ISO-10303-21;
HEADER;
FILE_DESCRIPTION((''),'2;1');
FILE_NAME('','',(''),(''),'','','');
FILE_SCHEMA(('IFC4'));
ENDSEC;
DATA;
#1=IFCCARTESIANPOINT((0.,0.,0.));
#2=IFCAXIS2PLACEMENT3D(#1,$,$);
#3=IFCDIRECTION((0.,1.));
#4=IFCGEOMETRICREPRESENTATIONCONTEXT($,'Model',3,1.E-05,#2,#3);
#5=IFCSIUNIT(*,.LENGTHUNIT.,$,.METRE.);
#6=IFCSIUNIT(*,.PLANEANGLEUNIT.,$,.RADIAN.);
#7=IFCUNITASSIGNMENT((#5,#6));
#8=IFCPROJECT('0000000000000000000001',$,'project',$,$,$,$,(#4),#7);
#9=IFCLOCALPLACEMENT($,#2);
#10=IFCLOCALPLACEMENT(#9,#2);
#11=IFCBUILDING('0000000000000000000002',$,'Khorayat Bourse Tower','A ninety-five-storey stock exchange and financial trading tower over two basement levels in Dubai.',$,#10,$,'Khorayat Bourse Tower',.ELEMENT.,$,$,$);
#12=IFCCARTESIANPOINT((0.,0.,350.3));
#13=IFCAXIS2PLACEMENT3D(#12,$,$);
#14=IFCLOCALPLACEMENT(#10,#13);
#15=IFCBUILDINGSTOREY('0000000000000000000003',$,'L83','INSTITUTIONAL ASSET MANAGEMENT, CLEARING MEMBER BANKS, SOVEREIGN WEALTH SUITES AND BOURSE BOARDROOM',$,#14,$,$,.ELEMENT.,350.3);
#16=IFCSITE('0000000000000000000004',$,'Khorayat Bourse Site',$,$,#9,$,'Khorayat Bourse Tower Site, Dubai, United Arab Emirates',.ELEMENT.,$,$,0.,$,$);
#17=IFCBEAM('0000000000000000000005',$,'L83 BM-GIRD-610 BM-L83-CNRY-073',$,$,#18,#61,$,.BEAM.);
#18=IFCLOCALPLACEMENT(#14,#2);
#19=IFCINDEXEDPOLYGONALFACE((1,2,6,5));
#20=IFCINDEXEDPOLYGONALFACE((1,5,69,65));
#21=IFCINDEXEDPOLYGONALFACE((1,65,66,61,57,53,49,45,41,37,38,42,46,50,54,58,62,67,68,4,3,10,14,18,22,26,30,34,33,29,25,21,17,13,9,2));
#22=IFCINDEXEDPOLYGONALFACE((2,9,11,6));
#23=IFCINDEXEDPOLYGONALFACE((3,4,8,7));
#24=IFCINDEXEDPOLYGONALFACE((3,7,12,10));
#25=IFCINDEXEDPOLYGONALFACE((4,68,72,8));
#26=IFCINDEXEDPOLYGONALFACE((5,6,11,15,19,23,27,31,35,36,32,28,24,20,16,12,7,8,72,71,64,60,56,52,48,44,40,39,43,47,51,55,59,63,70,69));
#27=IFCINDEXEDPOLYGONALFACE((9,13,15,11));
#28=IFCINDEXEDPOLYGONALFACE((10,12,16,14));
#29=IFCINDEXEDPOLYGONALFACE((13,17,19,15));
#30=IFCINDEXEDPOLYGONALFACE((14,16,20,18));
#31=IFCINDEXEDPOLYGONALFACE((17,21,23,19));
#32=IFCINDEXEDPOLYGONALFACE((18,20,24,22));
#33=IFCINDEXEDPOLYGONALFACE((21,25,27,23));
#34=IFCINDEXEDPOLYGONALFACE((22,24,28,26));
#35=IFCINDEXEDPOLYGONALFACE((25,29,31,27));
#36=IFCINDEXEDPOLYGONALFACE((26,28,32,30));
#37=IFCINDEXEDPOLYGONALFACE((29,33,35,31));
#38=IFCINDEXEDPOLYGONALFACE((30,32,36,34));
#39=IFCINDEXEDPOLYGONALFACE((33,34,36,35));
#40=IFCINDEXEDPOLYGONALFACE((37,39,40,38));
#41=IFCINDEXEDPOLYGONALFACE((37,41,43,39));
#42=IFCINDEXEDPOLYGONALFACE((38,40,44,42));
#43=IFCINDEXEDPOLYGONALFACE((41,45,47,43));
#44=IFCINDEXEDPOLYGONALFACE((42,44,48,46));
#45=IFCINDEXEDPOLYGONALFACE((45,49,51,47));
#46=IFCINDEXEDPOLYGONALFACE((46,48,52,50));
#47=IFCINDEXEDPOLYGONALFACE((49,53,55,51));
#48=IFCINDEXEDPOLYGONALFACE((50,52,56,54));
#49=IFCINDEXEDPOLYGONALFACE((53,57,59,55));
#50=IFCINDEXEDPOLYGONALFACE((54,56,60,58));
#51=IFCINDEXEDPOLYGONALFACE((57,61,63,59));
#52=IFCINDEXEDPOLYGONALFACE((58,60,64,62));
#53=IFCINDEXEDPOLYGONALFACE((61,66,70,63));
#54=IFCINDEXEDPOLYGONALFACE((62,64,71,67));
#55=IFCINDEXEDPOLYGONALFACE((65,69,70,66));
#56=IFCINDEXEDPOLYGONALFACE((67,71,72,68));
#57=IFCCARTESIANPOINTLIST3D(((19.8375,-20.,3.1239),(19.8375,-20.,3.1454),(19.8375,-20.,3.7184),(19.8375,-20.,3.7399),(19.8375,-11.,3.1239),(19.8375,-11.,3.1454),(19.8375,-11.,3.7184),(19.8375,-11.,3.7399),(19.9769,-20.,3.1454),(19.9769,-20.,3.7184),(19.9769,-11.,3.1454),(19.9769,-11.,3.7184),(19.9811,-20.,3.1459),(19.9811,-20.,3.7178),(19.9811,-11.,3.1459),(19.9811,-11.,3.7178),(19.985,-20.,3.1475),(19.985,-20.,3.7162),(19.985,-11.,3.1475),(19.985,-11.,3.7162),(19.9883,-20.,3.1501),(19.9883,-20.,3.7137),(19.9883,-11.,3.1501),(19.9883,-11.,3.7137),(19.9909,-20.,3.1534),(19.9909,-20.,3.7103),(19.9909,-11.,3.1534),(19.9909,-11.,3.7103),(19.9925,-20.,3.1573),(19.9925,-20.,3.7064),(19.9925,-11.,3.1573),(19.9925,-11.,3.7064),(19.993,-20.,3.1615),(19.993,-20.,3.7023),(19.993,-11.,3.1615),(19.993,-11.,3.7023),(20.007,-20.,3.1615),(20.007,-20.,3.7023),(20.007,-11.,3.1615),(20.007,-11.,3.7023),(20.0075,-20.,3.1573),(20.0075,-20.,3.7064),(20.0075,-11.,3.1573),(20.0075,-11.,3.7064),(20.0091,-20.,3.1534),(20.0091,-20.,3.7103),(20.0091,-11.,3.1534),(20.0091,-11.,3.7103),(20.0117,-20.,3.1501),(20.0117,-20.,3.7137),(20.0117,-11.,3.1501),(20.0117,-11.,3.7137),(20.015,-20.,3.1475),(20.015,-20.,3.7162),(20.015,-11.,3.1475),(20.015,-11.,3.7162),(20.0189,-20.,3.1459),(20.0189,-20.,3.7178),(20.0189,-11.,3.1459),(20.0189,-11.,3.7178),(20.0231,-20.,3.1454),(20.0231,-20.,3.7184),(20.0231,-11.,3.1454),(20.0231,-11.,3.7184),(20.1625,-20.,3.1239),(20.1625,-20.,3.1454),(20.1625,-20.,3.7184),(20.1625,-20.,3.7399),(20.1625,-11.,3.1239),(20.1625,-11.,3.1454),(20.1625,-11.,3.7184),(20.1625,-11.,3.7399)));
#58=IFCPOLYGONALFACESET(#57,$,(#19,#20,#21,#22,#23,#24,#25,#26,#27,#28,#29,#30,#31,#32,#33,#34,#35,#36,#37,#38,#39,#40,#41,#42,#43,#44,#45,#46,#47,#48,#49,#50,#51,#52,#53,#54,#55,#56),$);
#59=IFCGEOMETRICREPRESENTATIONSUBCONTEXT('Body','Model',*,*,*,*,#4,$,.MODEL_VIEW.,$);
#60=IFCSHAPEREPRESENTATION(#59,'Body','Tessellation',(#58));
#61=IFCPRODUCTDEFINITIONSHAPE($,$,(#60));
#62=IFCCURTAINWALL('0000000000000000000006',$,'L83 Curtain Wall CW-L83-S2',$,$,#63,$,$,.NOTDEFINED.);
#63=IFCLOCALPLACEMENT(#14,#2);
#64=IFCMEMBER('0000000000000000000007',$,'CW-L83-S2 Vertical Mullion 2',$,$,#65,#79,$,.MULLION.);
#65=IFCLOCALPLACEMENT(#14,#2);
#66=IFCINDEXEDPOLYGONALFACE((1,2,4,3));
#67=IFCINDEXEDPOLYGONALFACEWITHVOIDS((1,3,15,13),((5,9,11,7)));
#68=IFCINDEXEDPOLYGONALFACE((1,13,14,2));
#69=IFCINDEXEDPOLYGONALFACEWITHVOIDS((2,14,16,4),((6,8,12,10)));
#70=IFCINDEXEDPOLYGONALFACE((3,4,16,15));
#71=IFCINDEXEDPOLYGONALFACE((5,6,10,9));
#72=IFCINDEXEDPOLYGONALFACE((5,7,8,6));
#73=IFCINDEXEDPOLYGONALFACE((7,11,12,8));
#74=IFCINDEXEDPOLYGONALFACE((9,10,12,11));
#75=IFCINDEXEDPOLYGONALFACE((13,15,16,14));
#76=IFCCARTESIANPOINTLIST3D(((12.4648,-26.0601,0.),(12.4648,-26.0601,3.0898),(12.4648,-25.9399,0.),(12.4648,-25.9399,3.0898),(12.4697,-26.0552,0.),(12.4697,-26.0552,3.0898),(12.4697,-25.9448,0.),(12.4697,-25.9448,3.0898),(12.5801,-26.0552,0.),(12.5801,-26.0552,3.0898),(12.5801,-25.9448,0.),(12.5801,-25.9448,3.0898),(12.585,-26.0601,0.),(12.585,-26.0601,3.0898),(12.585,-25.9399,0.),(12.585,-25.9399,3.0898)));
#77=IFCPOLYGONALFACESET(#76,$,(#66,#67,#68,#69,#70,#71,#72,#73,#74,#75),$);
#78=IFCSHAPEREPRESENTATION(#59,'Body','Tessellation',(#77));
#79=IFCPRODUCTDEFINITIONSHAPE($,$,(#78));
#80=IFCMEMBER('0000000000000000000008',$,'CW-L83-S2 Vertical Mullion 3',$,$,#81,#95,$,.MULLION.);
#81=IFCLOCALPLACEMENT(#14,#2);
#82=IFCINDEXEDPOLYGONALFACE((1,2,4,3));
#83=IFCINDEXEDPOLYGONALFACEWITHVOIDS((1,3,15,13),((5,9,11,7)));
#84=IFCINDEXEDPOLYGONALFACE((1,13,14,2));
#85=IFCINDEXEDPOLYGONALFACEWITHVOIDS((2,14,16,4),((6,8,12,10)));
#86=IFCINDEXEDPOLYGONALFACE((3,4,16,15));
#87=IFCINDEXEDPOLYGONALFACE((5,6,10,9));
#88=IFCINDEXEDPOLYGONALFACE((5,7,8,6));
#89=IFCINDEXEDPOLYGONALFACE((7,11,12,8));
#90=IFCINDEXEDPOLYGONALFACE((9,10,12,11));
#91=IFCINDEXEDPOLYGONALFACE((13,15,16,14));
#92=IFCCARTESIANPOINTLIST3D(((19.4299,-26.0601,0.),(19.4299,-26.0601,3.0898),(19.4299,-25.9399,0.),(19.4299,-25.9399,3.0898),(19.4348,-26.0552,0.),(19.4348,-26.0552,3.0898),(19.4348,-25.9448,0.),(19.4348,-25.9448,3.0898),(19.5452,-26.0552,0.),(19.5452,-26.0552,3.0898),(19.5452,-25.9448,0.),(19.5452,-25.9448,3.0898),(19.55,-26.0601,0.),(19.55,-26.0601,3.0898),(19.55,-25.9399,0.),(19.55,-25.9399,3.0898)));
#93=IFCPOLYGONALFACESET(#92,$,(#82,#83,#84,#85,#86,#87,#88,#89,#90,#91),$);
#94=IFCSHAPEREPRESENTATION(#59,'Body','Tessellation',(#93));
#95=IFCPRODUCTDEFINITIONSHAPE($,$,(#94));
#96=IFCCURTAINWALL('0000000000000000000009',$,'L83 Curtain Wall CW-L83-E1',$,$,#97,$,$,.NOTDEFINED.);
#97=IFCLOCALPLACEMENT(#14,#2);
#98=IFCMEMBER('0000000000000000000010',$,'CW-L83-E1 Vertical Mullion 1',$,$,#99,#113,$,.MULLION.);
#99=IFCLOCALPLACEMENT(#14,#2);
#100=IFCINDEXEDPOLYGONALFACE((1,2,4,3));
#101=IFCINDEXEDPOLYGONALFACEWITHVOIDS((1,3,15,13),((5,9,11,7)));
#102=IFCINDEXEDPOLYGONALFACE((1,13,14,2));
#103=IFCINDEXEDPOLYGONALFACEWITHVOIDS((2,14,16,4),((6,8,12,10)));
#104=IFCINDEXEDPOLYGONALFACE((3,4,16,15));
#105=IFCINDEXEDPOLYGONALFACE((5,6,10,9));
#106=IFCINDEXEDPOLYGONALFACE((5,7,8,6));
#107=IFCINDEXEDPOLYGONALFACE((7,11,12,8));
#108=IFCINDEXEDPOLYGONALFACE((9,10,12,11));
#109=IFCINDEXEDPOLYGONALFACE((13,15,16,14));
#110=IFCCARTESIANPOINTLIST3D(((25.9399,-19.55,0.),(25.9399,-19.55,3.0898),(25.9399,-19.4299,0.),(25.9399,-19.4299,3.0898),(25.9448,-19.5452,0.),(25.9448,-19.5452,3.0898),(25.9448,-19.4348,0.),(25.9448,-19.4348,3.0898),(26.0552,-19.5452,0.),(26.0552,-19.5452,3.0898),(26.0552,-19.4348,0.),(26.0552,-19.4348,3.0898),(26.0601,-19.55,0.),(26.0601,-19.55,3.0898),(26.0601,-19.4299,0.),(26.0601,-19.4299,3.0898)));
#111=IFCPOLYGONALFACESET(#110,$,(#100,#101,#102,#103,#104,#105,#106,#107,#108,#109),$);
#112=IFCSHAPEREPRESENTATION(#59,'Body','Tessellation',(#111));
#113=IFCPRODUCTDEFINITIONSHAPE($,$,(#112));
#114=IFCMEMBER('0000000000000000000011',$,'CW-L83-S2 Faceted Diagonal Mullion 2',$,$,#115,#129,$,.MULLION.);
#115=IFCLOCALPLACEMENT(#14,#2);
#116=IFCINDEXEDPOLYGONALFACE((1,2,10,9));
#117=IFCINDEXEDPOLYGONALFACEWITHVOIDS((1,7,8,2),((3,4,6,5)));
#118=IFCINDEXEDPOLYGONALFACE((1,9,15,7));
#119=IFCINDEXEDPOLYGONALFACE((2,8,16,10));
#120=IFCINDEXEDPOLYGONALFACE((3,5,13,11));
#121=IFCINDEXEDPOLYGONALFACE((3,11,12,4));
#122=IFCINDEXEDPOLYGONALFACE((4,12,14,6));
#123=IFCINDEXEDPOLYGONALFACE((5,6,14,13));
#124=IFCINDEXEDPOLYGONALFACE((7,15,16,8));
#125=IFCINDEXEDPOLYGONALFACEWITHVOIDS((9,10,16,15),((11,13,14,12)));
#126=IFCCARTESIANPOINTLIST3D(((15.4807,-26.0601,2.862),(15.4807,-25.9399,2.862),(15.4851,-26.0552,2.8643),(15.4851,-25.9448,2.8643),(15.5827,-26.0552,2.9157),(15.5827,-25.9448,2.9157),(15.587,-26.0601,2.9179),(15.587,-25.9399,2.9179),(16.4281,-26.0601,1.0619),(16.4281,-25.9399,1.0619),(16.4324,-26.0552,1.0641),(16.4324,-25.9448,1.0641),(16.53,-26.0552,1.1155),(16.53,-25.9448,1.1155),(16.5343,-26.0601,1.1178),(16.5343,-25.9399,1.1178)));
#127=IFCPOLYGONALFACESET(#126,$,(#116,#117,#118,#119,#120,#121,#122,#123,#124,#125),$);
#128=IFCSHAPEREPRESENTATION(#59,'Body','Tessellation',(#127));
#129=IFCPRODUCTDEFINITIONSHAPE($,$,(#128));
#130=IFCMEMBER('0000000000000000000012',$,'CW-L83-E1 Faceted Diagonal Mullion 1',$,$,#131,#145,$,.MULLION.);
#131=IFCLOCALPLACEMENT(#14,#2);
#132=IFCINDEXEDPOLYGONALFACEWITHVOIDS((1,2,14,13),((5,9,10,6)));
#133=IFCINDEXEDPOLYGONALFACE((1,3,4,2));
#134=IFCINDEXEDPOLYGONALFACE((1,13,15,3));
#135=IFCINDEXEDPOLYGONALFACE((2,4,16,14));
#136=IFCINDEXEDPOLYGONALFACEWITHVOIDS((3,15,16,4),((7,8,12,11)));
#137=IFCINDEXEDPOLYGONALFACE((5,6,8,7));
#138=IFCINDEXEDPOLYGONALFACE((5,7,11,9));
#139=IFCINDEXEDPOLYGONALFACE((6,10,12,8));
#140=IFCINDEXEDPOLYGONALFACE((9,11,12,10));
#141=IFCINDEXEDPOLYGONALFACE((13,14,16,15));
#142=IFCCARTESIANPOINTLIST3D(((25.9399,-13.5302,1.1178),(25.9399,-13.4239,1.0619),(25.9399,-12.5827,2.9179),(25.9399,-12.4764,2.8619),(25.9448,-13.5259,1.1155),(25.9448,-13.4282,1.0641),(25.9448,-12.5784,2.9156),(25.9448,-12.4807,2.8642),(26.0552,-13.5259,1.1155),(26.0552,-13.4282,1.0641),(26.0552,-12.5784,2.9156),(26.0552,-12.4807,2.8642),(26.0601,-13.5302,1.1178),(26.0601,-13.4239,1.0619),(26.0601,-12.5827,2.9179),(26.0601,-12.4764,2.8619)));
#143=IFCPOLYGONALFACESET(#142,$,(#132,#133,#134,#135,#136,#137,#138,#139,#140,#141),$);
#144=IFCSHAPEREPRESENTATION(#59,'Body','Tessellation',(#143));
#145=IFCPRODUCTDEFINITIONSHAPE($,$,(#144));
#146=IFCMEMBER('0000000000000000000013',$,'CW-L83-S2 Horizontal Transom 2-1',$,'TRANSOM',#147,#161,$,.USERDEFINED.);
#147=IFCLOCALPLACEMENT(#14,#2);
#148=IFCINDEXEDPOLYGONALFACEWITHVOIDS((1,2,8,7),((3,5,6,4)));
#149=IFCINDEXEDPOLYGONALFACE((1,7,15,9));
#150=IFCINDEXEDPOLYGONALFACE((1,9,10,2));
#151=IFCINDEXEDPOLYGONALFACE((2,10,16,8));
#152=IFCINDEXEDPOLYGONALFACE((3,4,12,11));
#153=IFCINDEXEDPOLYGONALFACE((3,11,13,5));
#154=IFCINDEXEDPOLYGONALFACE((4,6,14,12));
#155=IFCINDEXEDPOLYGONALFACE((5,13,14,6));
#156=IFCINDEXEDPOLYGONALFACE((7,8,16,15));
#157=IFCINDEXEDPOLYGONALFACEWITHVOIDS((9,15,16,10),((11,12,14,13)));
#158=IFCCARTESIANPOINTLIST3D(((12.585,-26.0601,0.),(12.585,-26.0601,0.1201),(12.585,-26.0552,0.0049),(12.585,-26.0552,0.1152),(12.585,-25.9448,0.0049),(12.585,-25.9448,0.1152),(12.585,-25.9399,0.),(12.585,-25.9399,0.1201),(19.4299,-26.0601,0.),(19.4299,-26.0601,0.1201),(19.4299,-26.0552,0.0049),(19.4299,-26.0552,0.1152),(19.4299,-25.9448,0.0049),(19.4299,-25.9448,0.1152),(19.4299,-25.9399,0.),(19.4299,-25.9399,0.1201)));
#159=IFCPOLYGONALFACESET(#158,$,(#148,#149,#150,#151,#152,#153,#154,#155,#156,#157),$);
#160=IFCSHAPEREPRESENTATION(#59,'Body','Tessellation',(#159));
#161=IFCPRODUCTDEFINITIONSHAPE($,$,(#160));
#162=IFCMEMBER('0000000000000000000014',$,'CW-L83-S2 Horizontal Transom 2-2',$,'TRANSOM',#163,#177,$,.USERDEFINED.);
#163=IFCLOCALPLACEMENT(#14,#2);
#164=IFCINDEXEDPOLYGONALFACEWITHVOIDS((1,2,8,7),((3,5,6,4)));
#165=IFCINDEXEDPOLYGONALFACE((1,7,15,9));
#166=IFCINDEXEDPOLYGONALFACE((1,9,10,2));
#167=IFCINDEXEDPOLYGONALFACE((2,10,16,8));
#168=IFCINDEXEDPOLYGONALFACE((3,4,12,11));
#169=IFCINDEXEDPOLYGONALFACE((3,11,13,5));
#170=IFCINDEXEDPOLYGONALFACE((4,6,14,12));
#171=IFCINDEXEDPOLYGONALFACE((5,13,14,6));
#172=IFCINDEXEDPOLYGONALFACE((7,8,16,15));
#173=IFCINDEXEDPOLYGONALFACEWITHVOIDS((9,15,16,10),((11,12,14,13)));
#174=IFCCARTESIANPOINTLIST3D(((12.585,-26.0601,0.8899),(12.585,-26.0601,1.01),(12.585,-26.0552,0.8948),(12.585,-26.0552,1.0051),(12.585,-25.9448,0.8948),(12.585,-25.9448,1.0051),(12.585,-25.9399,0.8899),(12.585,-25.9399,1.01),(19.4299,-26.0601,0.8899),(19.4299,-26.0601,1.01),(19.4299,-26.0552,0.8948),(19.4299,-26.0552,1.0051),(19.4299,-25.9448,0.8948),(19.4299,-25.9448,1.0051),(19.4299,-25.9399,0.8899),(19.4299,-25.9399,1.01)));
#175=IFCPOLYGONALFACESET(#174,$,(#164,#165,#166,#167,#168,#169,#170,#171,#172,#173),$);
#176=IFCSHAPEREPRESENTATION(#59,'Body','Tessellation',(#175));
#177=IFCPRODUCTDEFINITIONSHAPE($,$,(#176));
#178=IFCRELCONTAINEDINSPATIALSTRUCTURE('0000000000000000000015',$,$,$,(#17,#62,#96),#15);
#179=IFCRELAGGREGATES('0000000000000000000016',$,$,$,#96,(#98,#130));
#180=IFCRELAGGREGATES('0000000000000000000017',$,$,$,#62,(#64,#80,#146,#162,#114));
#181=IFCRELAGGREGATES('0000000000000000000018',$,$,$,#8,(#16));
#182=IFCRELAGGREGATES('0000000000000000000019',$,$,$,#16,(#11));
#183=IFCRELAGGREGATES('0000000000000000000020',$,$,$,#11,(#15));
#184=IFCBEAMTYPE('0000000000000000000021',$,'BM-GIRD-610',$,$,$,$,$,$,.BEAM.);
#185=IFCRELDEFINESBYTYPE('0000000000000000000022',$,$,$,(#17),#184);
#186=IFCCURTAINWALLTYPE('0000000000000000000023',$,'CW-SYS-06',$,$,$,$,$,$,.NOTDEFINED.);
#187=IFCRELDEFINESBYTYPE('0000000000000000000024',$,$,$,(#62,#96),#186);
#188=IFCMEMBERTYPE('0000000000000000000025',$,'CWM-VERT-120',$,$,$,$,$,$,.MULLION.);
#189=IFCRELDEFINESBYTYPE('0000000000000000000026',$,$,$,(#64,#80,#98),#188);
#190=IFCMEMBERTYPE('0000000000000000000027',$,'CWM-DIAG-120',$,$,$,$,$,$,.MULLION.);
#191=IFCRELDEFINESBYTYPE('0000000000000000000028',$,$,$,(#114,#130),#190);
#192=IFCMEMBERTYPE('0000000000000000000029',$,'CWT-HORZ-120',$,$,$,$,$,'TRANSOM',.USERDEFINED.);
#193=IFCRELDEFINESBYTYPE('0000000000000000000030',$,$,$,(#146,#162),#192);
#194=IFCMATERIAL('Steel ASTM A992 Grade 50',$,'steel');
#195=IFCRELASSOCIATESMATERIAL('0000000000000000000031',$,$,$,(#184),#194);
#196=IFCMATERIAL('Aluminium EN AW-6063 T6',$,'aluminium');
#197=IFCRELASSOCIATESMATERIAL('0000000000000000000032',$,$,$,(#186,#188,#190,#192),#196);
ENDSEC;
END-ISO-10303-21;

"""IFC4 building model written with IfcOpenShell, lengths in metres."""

from ifc_helpers import new_model, si_unit, direction, frame, origin, origin_2d, place, context, subcontext, project, spatial, hollow_rectangle, i_section, extrude, source, transform, mapped, material, material_profile, profile_set, type_object, element, aggregate, save


model = new_model("IFC4")

# Units and contexts
model_context = context("Model", 3, precision=1e-05, world=origin(), true_north=direction((0.0, 1.0)))
body_context = subcontext(model_context, "Body", "Model", "MODEL_VIEW")
ifc_project = project(units=[si_unit("LENGTHUNIT", "METRE"), si_unit("PLANEANGLEUNIT", "RADIAN")], contexts=[model_context])

# Site, building, storey
site_placement = place(None, origin())
site = spatial("IfcSite", under=ifc_project, at=site_placement, Name="Khorayat Bourse Site", LongName="Khorayat Bourse Tower Site, Dubai, United Arab Emirates", CompositionType="ELEMENT", RefElevation=0.0)
building_placement = place(site_placement, origin())
building = spatial("IfcBuilding", under=site, at=building_placement, Name="Khorayat Bourse Tower", Description="A ninety-five-storey stock exchange and financial trading tower over two basement levels in Dubai.", LongName="Khorayat Bourse Tower", CompositionType="ELEMENT")
storey_placement = place(building_placement, frame((0.0, 0.0, 350.3)))
storey = spatial("IfcBuildingStorey", under=building, at=storey_placement, Name="L83", Description="INSTITUTIONAL ASSET MANAGEMENT, CLEARING MEMBER BANKS, SOVEREIGN WEALTH SUITES AND BOURSE BOARDROOM", CompositionType="ELEMENT", Elevation=350.3)

# Beam
ifc_material_1 = material(Name="Steel ASTM A992 Grade 50", Category="steel")
ifc_material_profile_1 = material_profile(ifc_material_1, i_section(OverallWidth=0.325, OverallDepth=0.616, WebThickness=0.0139, FlangeThickness=0.0215, FilletRadius=0.0161, at=origin_2d()), Name="W610X174")
ifc_profile_set_1 = profile_set([ifc_material_profile_1], Name="Steel ASTM A992 Grade 50")
beam_type_1 = type_object("IfcBeamType", Name="BM-GIRD-610", PredefinedType="BEAM", material=ifc_profile_set_1)
shared_shape_1 = source(origin(), body_context, "Body", "SweptSolid", [
    extrude(i_section(OverallWidth=0.325, OverallDepth=0.616, WebThickness=0.0139, FlangeThickness=0.0215, FilletRadius=0.0161, at=origin_2d()), origin(), (0.0, 0.0, 1.0), 9.0),
])
beam_1_placement = place(storey_placement, frame((20.0, -20.0, 3.4319), z_axis=(0.0, 1.0, 0.0), x_axis=(-1.0, 0.0, 0.0)))
element("IfcBeam", 1, at=beam_1_placement, inside=storey, type_object=beam_type_1, Name="L83 BM-GIRD-610 BM-L83-CNRY-073", PredefinedType="BEAM", context=body_context, shape_type="MappedRepresentation", body=[
    mapped(shared_shape_1, transform((0.0, 0.0, 0.0), scale=1.0)),
])

# Curtain wall, members
ifc_material_2 = material(Name="Aluminium EN AW-6063 T6", Category="aluminium")
curtain_wall_type = type_object("IfcCurtainWallType", Name="CW-SYS-06", PredefinedType="NOTDEFINED", material=ifc_material_2)
curtain_wall_1_placement = place(storey_placement, origin())
curtain_wall_1 = element("IfcCurtainWall", 2, at=curtain_wall_1_placement, inside=storey, type_object=curtain_wall_type, Name="L83 Curtain Wall CW-L83-S2", PredefinedType="NOTDEFINED")
ifc_material_profile_2 = material_profile(ifc_material_2, hollow_rectangle(XDim=0.1201, YDim=0.1201, WallThickness=0.0049, at=origin_2d()), Name="ALU 120x120x5")
ifc_profile_set_2 = profile_set([ifc_material_profile_2], Name="Aluminium EN AW-6063 T6")
member_type_1 = type_object("IfcMemberType", Name="CWM-VERT-120", PredefinedType="MULLION", material=ifc_profile_set_2)
shared_shape_2 = source(origin(), body_context, "Body", "SweptSolid", [
    extrude(hollow_rectangle(XDim=0.1201, YDim=0.1201, WallThickness=0.0049, at=origin_2d()), origin(), (0.0, 0.0, 1.0), 3.0898),
])
member_1_placement = place(storey_placement, frame((12.5249, -26.0, 0.0), z_axis=(0.0, 0.0, 1.0), x_axis=(0.0, 1.0, 0.0)))
member_1 = element("IfcMember", 3, at=member_1_placement, type_object=member_type_1, Name="CW-L83-S2 Vertical Mullion 2", PredefinedType="MULLION", context=body_context, shape_type="MappedRepresentation", body=[
    mapped(shared_shape_2, transform((0.0, 0.0, 0.0), scale=1.0)),
])
member_2_placement = place(storey_placement, frame((19.49, -26.0, 0.0), z_axis=(0.0, 0.0, 1.0), x_axis=(0.0, 1.0, 0.0)))
member_2 = element("IfcMember", 4, at=member_2_placement, type_object=member_type_1, Name="CW-L83-S2 Vertical Mullion 3", PredefinedType="MULLION", context=body_context, shape_type="MappedRepresentation", body=[
    mapped(shared_shape_2, transform((0.0, 0.0, 0.0), scale=1.0)),
])

# Curtain wall, member
curtain_wall_2_placement = place(storey_placement, origin())
curtain_wall_2 = element("IfcCurtainWall", 5, at=curtain_wall_2_placement, inside=storey, type_object=curtain_wall_type, Name="L83 Curtain Wall CW-L83-E1", PredefinedType="NOTDEFINED")
member_3_placement = place(storey_placement, frame((26.0, -19.49, 0.0), z_axis=(0.0, 0.0, 1.0), x_axis=(-1.0, 0.0, 0.0)))
member_3 = element("IfcMember", 6, at=member_3_placement, type_object=member_type_1, Name="CW-L83-E1 Vertical Mullion 1", PredefinedType="MULLION", context=body_context, shape_type="MappedRepresentation", body=[
    mapped(shared_shape_2, transform((0.0, 0.0, 0.0), scale=1.0)),
])

# Members
ifc_material_profile_3 = material_profile(ifc_material_2, hollow_rectangle(XDim=0.1201, YDim=0.1201, WallThickness=0.0049, at=origin_2d()), Name="ALU 120x120x5")
ifc_profile_set_3 = profile_set([ifc_material_profile_3], Name="Aluminium EN AW-6063 T6")
member_type_2 = type_object("IfcMemberType", Name="CWM-DIAG-120", PredefinedType="MULLION", material=ifc_profile_set_3)
shared_shape_3 = source(origin(), body_context, "Body", "SweptSolid", [
    extrude(hollow_rectangle(XDim=0.1201, YDim=0.1201, WallThickness=0.0049, at=origin_2d()), origin(), (0.0, 0.0, 1.0), 2.0342),
])
member_4_placement = place(storey_placement, frame((16.4812, -26.0, 1.0898), z_axis=(-0.465697, 0.0, 0.884944), x_axis=(0.0, -1.0, 0.0)))
member_4 = element("IfcMember", 7, at=member_4_placement, type_object=member_type_2, Name="CW-L83-S2 Faceted Diagonal Mullion 2", PredefinedType="MULLION", context=body_context, shape_type="MappedRepresentation", body=[
    mapped(shared_shape_3, transform((0.0, 0.0, 0.0), scale=1.0)),
])
member_5_placement = place(storey_placement, frame((26.0, -13.4771, 1.0898), z_axis=(0.0, 0.465791, 0.884895), x_axis=(-1.0, 0.0, 0.0)))
member_5 = element("IfcMember", 8, at=member_5_placement, type_object=member_type_2, Name="CW-L83-E1 Faceted Diagonal Mullion 1", PredefinedType="MULLION", context=body_context, shape_type="MappedRepresentation", body=[
    mapped(shared_shape_3, transform((0.0, 0.0, 0.0), scale=1.0)),
])
ifc_material_profile_4 = material_profile(ifc_material_2, hollow_rectangle(XDim=0.1201, YDim=0.1201, WallThickness=0.0049, at=origin_2d()), Name="ALU 120x120x5")
ifc_profile_set_4 = profile_set([ifc_material_profile_4], Name="Aluminium EN AW-6063 T6")
member_type_3 = type_object("IfcMemberType", Name="CWT-HORZ-120", ElementType="TRANSOM", PredefinedType="USERDEFINED", material=ifc_profile_set_4)
shared_shape_4 = source(origin(), body_context, "Body", "SweptSolid", [
    extrude(hollow_rectangle(XDim=0.1201, YDim=0.1201, WallThickness=0.0049, at=origin_2d()), origin(), (0.0, 0.0, 1.0), 6.845),
])
member_6_placement = place(storey_placement, frame((12.585, -26.0, 0.0601), z_axis=(1.0, 0.0, 0.0), x_axis=(0.0, 1.0, 0.0)))
member_6 = element("IfcMember", 9, at=member_6_placement, type_object=member_type_3, Name="CW-L83-S2 Horizontal Transom 2-1", ObjectType="TRANSOM", PredefinedType="USERDEFINED", context=body_context, shape_type="MappedRepresentation", body=[
    mapped(shared_shape_4, transform((0.0, 0.0, 0.0), scale=1.0)),
])
member_7_placement = place(storey_placement, frame((12.585, -26.0, 0.95), z_axis=(1.0, 0.0, 0.0), x_axis=(0.0, 1.0, 0.0)))
member_7 = element("IfcMember", 10, at=member_7_placement, type_object=member_type_3, Name="CW-L83-S2 Horizontal Transom 2-2", ObjectType="TRANSOM", PredefinedType="USERDEFINED", context=body_context, shape_type="MappedRepresentation", body=[
    mapped(shared_shape_4, transform((0.0, 0.0, 0.0), scale=1.0)),
])
aggregate(curtain_wall_2, [member_3, member_5])

aggregate(curtain_wall_1, [member_1, member_2, member_6, member_7, member_4])

save(model, "model.ifc")
